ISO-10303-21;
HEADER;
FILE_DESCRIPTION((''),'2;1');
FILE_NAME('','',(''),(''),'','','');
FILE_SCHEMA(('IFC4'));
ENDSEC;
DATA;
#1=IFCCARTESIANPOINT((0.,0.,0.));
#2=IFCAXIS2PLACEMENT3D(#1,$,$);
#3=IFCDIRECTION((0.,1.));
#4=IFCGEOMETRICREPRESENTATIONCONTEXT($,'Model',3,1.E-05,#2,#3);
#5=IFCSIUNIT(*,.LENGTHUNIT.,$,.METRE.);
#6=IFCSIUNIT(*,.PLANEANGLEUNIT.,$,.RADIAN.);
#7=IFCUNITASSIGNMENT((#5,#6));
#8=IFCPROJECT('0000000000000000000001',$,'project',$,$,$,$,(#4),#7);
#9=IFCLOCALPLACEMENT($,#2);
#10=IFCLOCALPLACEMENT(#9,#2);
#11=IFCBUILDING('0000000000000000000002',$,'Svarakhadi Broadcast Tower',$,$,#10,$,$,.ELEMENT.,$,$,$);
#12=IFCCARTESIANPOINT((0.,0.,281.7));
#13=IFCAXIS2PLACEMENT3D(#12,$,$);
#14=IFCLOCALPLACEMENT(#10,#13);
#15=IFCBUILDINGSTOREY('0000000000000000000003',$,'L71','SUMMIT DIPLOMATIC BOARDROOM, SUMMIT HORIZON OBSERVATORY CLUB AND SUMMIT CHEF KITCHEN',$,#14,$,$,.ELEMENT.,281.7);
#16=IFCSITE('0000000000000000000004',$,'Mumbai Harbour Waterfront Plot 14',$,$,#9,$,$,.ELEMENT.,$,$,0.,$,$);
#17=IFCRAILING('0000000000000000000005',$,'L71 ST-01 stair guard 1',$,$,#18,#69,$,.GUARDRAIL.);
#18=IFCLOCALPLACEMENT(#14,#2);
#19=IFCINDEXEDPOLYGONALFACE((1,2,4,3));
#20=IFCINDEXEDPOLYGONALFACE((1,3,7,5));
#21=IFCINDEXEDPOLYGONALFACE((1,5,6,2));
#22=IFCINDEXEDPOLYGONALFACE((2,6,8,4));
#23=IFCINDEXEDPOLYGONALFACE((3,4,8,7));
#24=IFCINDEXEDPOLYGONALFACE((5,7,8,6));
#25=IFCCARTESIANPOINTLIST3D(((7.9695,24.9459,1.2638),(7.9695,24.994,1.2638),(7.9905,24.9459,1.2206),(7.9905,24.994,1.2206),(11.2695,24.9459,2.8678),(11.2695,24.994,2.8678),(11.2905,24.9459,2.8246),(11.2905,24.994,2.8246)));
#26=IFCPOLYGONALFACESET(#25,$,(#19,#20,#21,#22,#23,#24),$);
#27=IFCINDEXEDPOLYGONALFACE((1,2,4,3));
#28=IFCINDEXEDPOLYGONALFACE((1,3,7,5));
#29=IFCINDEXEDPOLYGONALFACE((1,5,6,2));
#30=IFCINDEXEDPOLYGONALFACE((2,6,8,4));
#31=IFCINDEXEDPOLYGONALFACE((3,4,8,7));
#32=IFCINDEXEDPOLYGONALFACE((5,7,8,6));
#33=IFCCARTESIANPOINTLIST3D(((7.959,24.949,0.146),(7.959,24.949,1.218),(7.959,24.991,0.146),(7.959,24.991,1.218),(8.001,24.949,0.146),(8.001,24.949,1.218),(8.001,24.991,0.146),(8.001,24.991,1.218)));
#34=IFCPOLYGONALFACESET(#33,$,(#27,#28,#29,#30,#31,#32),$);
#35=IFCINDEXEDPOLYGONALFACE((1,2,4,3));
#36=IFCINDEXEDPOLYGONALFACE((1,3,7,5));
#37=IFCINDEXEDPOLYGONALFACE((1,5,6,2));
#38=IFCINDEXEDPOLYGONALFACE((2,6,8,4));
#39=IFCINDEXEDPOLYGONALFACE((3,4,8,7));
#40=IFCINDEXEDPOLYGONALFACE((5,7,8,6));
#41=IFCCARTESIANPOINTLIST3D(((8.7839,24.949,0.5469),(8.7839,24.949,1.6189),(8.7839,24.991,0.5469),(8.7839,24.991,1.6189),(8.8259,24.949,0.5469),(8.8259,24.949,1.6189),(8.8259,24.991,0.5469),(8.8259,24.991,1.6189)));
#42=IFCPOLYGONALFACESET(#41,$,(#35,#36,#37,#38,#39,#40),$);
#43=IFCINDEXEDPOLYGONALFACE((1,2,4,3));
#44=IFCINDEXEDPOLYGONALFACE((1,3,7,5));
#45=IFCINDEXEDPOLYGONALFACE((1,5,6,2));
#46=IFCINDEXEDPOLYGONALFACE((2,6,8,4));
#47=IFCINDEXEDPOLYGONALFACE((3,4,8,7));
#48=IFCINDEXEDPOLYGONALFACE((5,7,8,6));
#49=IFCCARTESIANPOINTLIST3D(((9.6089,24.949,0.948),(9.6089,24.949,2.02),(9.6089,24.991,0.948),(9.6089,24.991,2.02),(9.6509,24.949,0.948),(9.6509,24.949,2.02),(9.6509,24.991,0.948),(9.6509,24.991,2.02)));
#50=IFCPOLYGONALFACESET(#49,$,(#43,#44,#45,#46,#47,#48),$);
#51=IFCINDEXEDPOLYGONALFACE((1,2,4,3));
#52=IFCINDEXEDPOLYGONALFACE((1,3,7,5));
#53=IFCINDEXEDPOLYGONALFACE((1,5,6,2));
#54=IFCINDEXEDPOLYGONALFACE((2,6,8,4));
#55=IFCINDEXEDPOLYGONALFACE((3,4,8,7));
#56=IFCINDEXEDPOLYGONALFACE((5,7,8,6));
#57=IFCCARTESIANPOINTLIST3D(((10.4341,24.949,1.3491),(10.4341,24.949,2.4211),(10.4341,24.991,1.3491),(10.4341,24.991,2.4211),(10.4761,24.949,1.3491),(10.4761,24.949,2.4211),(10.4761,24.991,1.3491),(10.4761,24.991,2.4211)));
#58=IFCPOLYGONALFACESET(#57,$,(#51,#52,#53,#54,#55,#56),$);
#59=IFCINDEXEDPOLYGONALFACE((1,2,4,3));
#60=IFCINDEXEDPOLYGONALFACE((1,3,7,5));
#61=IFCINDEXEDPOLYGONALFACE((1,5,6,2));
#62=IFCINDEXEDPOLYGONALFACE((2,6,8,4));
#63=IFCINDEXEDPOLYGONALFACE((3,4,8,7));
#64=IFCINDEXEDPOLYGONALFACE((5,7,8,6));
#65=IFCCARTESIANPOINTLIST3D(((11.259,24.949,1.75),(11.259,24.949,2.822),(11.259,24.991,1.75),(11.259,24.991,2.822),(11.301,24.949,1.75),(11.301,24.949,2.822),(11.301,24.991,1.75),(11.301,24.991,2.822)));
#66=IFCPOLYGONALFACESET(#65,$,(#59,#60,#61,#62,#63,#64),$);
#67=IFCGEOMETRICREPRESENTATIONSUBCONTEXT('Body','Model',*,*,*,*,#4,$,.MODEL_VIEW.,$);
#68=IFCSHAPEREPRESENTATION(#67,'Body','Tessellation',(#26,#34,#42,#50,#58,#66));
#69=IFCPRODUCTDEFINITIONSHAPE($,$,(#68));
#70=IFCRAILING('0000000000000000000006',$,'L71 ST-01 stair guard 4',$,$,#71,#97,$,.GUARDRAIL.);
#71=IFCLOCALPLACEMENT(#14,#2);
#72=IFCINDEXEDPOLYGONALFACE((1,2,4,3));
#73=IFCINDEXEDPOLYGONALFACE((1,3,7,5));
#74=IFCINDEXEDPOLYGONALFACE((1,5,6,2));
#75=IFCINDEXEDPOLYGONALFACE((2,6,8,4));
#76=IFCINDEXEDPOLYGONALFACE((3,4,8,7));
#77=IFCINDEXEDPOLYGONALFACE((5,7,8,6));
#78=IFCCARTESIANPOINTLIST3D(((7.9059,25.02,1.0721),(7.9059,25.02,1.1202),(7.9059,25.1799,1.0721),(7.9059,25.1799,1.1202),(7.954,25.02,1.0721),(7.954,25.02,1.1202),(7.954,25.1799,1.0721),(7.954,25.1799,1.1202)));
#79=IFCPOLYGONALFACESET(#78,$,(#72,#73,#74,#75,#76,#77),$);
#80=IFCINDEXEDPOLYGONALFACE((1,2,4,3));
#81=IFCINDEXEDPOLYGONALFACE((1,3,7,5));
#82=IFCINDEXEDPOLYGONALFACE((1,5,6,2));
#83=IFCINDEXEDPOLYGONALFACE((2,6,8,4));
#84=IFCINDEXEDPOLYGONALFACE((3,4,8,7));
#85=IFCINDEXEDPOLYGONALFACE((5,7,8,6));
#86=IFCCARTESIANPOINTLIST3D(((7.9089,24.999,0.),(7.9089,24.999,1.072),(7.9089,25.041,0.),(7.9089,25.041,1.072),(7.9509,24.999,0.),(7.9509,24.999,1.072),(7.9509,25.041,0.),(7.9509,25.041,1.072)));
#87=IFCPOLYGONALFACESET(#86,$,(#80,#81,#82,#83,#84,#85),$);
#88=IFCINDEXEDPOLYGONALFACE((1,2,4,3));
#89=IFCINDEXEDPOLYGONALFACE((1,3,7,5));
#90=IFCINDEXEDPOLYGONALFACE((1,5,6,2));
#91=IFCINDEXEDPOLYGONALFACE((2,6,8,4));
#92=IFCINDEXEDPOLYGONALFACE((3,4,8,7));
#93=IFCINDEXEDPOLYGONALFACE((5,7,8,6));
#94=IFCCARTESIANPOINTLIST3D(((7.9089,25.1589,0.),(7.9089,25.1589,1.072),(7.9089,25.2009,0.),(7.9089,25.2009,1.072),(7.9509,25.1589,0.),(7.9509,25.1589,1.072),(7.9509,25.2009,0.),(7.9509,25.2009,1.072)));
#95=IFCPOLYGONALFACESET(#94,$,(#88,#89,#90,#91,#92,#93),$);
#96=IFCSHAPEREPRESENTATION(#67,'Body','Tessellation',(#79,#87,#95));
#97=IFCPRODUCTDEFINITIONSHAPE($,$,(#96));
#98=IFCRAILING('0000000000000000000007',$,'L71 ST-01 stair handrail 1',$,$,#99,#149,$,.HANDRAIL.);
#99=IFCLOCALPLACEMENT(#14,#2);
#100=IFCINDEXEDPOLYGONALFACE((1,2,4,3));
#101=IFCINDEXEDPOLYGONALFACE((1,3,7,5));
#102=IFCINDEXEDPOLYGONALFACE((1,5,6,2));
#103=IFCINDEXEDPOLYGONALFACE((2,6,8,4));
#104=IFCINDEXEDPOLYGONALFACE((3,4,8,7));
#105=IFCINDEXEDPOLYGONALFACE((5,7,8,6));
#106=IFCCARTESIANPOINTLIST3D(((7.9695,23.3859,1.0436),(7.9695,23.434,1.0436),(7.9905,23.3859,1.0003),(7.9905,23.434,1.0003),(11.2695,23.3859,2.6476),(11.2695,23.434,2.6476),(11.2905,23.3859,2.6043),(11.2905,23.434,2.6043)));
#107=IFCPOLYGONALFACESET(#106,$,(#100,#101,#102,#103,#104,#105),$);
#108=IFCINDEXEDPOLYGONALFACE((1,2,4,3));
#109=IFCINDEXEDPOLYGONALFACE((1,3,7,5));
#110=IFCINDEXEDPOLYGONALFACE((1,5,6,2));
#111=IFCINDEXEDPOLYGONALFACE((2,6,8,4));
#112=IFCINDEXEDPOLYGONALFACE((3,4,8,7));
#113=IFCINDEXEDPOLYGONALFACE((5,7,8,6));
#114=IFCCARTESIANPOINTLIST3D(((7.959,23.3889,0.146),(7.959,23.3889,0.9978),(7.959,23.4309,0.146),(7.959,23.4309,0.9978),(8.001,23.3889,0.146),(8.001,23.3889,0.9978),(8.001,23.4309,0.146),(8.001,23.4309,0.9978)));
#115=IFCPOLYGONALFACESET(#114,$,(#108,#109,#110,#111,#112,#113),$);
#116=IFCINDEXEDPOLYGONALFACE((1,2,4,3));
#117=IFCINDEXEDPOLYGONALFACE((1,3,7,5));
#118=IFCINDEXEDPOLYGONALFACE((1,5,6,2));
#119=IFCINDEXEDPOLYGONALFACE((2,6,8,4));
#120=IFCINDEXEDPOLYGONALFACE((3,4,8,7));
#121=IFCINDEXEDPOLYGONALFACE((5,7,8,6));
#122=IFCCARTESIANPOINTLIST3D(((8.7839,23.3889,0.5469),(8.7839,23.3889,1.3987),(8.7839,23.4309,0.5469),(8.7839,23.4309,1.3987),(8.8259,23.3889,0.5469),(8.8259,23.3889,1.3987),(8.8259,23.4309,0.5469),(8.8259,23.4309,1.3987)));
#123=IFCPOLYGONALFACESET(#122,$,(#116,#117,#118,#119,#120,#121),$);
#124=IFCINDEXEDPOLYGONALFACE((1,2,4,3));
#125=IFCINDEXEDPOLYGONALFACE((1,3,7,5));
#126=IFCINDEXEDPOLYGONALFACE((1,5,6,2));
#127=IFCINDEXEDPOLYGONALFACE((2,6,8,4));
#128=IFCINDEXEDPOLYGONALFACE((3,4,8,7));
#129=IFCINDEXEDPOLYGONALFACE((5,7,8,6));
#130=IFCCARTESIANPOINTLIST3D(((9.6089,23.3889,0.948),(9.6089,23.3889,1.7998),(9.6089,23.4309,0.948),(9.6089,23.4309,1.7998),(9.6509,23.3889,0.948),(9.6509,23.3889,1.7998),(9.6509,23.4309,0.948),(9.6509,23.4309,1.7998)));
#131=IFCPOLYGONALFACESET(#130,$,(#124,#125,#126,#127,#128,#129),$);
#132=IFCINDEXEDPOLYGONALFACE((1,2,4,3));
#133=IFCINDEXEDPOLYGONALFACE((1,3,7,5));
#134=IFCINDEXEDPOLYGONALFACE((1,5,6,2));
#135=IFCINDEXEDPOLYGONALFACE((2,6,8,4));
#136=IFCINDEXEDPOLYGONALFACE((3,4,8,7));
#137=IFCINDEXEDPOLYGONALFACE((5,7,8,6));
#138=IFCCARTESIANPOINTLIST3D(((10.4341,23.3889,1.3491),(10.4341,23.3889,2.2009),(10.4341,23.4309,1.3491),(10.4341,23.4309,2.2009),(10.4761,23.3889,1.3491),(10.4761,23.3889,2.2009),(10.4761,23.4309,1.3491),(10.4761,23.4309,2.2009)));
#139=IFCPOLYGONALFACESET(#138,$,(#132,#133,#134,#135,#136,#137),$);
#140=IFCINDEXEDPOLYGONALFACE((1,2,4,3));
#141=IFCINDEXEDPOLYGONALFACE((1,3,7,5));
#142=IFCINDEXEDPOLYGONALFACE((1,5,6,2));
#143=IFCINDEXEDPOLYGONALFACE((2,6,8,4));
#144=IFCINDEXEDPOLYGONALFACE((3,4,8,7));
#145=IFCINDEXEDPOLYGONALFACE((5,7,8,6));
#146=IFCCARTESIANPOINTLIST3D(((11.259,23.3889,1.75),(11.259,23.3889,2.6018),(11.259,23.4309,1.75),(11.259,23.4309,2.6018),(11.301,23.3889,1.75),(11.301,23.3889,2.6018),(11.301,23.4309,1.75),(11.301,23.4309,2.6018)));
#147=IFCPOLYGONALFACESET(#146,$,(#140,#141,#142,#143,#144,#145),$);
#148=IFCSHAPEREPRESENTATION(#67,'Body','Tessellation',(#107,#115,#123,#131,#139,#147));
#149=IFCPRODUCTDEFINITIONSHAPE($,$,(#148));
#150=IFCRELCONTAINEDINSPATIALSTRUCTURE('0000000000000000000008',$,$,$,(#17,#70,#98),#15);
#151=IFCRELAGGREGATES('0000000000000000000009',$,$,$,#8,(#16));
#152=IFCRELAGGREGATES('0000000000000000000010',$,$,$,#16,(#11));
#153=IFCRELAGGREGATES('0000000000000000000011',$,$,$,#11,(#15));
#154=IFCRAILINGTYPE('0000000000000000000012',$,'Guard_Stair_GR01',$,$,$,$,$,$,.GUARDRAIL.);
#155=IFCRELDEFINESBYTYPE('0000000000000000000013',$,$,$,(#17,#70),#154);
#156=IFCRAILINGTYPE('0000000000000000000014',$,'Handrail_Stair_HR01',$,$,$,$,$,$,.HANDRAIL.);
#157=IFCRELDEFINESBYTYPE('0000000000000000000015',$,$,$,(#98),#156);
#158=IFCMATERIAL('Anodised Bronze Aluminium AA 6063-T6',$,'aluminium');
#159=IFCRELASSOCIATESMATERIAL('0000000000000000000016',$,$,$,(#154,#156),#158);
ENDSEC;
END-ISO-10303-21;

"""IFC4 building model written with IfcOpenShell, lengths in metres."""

from ifc_helpers import new_model, si_unit, direction, frame, origin, origin_2d, place, context, subcontext, project, spatial, rectangle, extrude, material, type_object, element, save


model = new_model("IFC4")

# Units and contexts
model_context = context("Model", 3, precision=1e-05, world=origin(), true_north=direction((0.0, 1.0)))
body_context = subcontext(model_context, "Body", "Model", "MODEL_VIEW")
ifc_project = project(units=[si_unit("LENGTHUNIT", "METRE"), si_unit("PLANEANGLEUNIT", "RADIAN")], contexts=[model_context])

# Site, building, storey
site_placement = place(None, origin())
site = spatial("IfcSite", under=ifc_project, at=site_placement, Name="Mumbai Harbour Waterfront Plot 14", CompositionType="ELEMENT", RefElevation=0.0)
building_placement = place(site_placement, origin())
building = spatial("IfcBuilding", under=site, at=building_placement, Name="Svarakhadi Broadcast Tower", CompositionType="ELEMENT")
storey_placement = place(building_placement, frame((0.0, 0.0, 281.7)))
storey = spatial("IfcBuildingStorey", under=building, at=storey_placement, Name="L71", Description="SUMMIT DIPLOMATIC BOARDROOM, SUMMIT HORIZON OBSERVATORY CLUB AND SUMMIT CHEF KITCHEN", CompositionType="ELEMENT", Elevation=281.7)

# Shared definitions
ifc_material_1 = material(Name="Anodised Bronze Aluminium AA 6063-T6", Category="aluminium")

# Railings
railing_type_1 = type_object("IfcRailingType", Name="Guard_Stair_GR01", PredefinedType="GUARDRAIL", material=ifc_material_1)
railing_1_placement = place(storey_placement, frame((7.98, 24.97, 0.146)))
element("IfcRailing", 1, at=railing_1_placement, inside=storey, type_object=railing_type_1, Name="L71 ST-01 stair guard 1", PredefinedType="GUARDRAIL", context=body_context, shape_type="SweptSolid", body=[
    extrude(rectangle(XDim=0.0481, YDim=0.0481, at=origin_2d()), frame((0.0, 0.0, 1.0962), z_axis=(0.899388, 0.0, 0.437152), x_axis=(0.0, 1.0, 0.0)), (0.0, 0.0, 1.0), 3.6692),
    extrude(rectangle(XDim=0.042, YDim=0.042, at=origin_2d()), origin(), (0.0, 0.0, 1.0), 1.072),
    extrude(rectangle(XDim=0.042, YDim=0.042, at=origin_2d()), frame((0.825, 0.0, 0.4009)), (0.0, 0.0, 1.0), 1.072),
    extrude(rectangle(XDim=0.042, YDim=0.042, at=origin_2d()), frame((1.6499, 0.0, 0.802)), (0.0, 0.0, 1.0), 1.072),
    extrude(rectangle(XDim=0.042, YDim=0.042, at=origin_2d()), frame((2.4751, 0.0, 1.2031)), (0.0, 0.0, 1.0), 1.072),
    extrude(rectangle(XDim=0.042, YDim=0.042, at=origin_2d()), frame((3.3, 0.0, 1.604)), (0.0, 0.0, 1.0), 1.072),
])
railing_2_placement = place(storey_placement, frame((7.9299, 25.02, 0.0)))
element("IfcRailing", 2, at=railing_2_placement, inside=storey, type_object=railing_type_1, Name="L71 ST-01 stair guard 4", PredefinedType="GUARDRAIL", context=body_context, shape_type="SweptSolid", body=[
    extrude(rectangle(XDim=0.0481, YDim=0.0481, at=origin_2d()), frame((0.0, 0.0, 1.0962), z_axis=(0.0, 1.0, 0.0), x_axis=(-1.0, 0.0, 0.0)), (0.0, 0.0, 1.0), 0.1599),
    extrude(rectangle(XDim=0.042, YDim=0.042, at=origin_2d()), origin(), (0.0, 0.0, 1.0), 1.072),
    extrude(rectangle(XDim=0.042, YDim=0.042, at=origin_2d()), frame((0.0, 0.1599, 0.0)), (0.0, 0.0, 1.0), 1.072),
])
railing_type_2 = type_object("IfcRailingType", Name="Handrail_Stair_HR01", PredefinedType="HANDRAIL", material=ifc_material_1)
railing_3_placement = place(storey_placement, frame((7.98, 23.4099, 0.146)))
element("IfcRailing", 3, at=railing_3_placement, inside=storey, type_object=railing_type_2, Name="L71 ST-01 stair handrail 1", PredefinedType="HANDRAIL", context=body_context, shape_type="SweptSolid", body=[
    extrude(rectangle(XDim=0.0481, YDim=0.0481, at=origin_2d()), frame((0.0, 0.0, 0.876), z_axis=(0.899388, 0.0, 0.437152), x_axis=(0.0, 1.0, 0.0)), (0.0, 0.0, 1.0), 3.6692),
    extrude(rectangle(XDim=0.042, YDim=0.042, at=origin_2d()), origin(), (0.0, 0.0, 1.0), 0.8518),
    extrude(rectangle(XDim=0.042, YDim=0.042, at=origin_2d()), frame((0.825, 0.0, 0.4009)), (0.0, 0.0, 1.0), 0.8518),
    extrude(rectangle(XDim=0.042, YDim=0.042, at=origin_2d()), frame((1.6499, 0.0, 0.802)), (0.0, 0.0, 1.0), 0.8518),
    extrude(rectangle(XDim=0.042, YDim=0.042, at=origin_2d()), frame((2.4751, 0.0, 1.2031)), (0.0, 0.0, 1.0), 0.8518),
    extrude(rectangle(XDim=0.042, YDim=0.042, at=origin_2d()), frame((3.3, 0.0, 1.604)), (0.0, 0.0, 1.0), 0.8518),
])

save(model, "model.ifc")
